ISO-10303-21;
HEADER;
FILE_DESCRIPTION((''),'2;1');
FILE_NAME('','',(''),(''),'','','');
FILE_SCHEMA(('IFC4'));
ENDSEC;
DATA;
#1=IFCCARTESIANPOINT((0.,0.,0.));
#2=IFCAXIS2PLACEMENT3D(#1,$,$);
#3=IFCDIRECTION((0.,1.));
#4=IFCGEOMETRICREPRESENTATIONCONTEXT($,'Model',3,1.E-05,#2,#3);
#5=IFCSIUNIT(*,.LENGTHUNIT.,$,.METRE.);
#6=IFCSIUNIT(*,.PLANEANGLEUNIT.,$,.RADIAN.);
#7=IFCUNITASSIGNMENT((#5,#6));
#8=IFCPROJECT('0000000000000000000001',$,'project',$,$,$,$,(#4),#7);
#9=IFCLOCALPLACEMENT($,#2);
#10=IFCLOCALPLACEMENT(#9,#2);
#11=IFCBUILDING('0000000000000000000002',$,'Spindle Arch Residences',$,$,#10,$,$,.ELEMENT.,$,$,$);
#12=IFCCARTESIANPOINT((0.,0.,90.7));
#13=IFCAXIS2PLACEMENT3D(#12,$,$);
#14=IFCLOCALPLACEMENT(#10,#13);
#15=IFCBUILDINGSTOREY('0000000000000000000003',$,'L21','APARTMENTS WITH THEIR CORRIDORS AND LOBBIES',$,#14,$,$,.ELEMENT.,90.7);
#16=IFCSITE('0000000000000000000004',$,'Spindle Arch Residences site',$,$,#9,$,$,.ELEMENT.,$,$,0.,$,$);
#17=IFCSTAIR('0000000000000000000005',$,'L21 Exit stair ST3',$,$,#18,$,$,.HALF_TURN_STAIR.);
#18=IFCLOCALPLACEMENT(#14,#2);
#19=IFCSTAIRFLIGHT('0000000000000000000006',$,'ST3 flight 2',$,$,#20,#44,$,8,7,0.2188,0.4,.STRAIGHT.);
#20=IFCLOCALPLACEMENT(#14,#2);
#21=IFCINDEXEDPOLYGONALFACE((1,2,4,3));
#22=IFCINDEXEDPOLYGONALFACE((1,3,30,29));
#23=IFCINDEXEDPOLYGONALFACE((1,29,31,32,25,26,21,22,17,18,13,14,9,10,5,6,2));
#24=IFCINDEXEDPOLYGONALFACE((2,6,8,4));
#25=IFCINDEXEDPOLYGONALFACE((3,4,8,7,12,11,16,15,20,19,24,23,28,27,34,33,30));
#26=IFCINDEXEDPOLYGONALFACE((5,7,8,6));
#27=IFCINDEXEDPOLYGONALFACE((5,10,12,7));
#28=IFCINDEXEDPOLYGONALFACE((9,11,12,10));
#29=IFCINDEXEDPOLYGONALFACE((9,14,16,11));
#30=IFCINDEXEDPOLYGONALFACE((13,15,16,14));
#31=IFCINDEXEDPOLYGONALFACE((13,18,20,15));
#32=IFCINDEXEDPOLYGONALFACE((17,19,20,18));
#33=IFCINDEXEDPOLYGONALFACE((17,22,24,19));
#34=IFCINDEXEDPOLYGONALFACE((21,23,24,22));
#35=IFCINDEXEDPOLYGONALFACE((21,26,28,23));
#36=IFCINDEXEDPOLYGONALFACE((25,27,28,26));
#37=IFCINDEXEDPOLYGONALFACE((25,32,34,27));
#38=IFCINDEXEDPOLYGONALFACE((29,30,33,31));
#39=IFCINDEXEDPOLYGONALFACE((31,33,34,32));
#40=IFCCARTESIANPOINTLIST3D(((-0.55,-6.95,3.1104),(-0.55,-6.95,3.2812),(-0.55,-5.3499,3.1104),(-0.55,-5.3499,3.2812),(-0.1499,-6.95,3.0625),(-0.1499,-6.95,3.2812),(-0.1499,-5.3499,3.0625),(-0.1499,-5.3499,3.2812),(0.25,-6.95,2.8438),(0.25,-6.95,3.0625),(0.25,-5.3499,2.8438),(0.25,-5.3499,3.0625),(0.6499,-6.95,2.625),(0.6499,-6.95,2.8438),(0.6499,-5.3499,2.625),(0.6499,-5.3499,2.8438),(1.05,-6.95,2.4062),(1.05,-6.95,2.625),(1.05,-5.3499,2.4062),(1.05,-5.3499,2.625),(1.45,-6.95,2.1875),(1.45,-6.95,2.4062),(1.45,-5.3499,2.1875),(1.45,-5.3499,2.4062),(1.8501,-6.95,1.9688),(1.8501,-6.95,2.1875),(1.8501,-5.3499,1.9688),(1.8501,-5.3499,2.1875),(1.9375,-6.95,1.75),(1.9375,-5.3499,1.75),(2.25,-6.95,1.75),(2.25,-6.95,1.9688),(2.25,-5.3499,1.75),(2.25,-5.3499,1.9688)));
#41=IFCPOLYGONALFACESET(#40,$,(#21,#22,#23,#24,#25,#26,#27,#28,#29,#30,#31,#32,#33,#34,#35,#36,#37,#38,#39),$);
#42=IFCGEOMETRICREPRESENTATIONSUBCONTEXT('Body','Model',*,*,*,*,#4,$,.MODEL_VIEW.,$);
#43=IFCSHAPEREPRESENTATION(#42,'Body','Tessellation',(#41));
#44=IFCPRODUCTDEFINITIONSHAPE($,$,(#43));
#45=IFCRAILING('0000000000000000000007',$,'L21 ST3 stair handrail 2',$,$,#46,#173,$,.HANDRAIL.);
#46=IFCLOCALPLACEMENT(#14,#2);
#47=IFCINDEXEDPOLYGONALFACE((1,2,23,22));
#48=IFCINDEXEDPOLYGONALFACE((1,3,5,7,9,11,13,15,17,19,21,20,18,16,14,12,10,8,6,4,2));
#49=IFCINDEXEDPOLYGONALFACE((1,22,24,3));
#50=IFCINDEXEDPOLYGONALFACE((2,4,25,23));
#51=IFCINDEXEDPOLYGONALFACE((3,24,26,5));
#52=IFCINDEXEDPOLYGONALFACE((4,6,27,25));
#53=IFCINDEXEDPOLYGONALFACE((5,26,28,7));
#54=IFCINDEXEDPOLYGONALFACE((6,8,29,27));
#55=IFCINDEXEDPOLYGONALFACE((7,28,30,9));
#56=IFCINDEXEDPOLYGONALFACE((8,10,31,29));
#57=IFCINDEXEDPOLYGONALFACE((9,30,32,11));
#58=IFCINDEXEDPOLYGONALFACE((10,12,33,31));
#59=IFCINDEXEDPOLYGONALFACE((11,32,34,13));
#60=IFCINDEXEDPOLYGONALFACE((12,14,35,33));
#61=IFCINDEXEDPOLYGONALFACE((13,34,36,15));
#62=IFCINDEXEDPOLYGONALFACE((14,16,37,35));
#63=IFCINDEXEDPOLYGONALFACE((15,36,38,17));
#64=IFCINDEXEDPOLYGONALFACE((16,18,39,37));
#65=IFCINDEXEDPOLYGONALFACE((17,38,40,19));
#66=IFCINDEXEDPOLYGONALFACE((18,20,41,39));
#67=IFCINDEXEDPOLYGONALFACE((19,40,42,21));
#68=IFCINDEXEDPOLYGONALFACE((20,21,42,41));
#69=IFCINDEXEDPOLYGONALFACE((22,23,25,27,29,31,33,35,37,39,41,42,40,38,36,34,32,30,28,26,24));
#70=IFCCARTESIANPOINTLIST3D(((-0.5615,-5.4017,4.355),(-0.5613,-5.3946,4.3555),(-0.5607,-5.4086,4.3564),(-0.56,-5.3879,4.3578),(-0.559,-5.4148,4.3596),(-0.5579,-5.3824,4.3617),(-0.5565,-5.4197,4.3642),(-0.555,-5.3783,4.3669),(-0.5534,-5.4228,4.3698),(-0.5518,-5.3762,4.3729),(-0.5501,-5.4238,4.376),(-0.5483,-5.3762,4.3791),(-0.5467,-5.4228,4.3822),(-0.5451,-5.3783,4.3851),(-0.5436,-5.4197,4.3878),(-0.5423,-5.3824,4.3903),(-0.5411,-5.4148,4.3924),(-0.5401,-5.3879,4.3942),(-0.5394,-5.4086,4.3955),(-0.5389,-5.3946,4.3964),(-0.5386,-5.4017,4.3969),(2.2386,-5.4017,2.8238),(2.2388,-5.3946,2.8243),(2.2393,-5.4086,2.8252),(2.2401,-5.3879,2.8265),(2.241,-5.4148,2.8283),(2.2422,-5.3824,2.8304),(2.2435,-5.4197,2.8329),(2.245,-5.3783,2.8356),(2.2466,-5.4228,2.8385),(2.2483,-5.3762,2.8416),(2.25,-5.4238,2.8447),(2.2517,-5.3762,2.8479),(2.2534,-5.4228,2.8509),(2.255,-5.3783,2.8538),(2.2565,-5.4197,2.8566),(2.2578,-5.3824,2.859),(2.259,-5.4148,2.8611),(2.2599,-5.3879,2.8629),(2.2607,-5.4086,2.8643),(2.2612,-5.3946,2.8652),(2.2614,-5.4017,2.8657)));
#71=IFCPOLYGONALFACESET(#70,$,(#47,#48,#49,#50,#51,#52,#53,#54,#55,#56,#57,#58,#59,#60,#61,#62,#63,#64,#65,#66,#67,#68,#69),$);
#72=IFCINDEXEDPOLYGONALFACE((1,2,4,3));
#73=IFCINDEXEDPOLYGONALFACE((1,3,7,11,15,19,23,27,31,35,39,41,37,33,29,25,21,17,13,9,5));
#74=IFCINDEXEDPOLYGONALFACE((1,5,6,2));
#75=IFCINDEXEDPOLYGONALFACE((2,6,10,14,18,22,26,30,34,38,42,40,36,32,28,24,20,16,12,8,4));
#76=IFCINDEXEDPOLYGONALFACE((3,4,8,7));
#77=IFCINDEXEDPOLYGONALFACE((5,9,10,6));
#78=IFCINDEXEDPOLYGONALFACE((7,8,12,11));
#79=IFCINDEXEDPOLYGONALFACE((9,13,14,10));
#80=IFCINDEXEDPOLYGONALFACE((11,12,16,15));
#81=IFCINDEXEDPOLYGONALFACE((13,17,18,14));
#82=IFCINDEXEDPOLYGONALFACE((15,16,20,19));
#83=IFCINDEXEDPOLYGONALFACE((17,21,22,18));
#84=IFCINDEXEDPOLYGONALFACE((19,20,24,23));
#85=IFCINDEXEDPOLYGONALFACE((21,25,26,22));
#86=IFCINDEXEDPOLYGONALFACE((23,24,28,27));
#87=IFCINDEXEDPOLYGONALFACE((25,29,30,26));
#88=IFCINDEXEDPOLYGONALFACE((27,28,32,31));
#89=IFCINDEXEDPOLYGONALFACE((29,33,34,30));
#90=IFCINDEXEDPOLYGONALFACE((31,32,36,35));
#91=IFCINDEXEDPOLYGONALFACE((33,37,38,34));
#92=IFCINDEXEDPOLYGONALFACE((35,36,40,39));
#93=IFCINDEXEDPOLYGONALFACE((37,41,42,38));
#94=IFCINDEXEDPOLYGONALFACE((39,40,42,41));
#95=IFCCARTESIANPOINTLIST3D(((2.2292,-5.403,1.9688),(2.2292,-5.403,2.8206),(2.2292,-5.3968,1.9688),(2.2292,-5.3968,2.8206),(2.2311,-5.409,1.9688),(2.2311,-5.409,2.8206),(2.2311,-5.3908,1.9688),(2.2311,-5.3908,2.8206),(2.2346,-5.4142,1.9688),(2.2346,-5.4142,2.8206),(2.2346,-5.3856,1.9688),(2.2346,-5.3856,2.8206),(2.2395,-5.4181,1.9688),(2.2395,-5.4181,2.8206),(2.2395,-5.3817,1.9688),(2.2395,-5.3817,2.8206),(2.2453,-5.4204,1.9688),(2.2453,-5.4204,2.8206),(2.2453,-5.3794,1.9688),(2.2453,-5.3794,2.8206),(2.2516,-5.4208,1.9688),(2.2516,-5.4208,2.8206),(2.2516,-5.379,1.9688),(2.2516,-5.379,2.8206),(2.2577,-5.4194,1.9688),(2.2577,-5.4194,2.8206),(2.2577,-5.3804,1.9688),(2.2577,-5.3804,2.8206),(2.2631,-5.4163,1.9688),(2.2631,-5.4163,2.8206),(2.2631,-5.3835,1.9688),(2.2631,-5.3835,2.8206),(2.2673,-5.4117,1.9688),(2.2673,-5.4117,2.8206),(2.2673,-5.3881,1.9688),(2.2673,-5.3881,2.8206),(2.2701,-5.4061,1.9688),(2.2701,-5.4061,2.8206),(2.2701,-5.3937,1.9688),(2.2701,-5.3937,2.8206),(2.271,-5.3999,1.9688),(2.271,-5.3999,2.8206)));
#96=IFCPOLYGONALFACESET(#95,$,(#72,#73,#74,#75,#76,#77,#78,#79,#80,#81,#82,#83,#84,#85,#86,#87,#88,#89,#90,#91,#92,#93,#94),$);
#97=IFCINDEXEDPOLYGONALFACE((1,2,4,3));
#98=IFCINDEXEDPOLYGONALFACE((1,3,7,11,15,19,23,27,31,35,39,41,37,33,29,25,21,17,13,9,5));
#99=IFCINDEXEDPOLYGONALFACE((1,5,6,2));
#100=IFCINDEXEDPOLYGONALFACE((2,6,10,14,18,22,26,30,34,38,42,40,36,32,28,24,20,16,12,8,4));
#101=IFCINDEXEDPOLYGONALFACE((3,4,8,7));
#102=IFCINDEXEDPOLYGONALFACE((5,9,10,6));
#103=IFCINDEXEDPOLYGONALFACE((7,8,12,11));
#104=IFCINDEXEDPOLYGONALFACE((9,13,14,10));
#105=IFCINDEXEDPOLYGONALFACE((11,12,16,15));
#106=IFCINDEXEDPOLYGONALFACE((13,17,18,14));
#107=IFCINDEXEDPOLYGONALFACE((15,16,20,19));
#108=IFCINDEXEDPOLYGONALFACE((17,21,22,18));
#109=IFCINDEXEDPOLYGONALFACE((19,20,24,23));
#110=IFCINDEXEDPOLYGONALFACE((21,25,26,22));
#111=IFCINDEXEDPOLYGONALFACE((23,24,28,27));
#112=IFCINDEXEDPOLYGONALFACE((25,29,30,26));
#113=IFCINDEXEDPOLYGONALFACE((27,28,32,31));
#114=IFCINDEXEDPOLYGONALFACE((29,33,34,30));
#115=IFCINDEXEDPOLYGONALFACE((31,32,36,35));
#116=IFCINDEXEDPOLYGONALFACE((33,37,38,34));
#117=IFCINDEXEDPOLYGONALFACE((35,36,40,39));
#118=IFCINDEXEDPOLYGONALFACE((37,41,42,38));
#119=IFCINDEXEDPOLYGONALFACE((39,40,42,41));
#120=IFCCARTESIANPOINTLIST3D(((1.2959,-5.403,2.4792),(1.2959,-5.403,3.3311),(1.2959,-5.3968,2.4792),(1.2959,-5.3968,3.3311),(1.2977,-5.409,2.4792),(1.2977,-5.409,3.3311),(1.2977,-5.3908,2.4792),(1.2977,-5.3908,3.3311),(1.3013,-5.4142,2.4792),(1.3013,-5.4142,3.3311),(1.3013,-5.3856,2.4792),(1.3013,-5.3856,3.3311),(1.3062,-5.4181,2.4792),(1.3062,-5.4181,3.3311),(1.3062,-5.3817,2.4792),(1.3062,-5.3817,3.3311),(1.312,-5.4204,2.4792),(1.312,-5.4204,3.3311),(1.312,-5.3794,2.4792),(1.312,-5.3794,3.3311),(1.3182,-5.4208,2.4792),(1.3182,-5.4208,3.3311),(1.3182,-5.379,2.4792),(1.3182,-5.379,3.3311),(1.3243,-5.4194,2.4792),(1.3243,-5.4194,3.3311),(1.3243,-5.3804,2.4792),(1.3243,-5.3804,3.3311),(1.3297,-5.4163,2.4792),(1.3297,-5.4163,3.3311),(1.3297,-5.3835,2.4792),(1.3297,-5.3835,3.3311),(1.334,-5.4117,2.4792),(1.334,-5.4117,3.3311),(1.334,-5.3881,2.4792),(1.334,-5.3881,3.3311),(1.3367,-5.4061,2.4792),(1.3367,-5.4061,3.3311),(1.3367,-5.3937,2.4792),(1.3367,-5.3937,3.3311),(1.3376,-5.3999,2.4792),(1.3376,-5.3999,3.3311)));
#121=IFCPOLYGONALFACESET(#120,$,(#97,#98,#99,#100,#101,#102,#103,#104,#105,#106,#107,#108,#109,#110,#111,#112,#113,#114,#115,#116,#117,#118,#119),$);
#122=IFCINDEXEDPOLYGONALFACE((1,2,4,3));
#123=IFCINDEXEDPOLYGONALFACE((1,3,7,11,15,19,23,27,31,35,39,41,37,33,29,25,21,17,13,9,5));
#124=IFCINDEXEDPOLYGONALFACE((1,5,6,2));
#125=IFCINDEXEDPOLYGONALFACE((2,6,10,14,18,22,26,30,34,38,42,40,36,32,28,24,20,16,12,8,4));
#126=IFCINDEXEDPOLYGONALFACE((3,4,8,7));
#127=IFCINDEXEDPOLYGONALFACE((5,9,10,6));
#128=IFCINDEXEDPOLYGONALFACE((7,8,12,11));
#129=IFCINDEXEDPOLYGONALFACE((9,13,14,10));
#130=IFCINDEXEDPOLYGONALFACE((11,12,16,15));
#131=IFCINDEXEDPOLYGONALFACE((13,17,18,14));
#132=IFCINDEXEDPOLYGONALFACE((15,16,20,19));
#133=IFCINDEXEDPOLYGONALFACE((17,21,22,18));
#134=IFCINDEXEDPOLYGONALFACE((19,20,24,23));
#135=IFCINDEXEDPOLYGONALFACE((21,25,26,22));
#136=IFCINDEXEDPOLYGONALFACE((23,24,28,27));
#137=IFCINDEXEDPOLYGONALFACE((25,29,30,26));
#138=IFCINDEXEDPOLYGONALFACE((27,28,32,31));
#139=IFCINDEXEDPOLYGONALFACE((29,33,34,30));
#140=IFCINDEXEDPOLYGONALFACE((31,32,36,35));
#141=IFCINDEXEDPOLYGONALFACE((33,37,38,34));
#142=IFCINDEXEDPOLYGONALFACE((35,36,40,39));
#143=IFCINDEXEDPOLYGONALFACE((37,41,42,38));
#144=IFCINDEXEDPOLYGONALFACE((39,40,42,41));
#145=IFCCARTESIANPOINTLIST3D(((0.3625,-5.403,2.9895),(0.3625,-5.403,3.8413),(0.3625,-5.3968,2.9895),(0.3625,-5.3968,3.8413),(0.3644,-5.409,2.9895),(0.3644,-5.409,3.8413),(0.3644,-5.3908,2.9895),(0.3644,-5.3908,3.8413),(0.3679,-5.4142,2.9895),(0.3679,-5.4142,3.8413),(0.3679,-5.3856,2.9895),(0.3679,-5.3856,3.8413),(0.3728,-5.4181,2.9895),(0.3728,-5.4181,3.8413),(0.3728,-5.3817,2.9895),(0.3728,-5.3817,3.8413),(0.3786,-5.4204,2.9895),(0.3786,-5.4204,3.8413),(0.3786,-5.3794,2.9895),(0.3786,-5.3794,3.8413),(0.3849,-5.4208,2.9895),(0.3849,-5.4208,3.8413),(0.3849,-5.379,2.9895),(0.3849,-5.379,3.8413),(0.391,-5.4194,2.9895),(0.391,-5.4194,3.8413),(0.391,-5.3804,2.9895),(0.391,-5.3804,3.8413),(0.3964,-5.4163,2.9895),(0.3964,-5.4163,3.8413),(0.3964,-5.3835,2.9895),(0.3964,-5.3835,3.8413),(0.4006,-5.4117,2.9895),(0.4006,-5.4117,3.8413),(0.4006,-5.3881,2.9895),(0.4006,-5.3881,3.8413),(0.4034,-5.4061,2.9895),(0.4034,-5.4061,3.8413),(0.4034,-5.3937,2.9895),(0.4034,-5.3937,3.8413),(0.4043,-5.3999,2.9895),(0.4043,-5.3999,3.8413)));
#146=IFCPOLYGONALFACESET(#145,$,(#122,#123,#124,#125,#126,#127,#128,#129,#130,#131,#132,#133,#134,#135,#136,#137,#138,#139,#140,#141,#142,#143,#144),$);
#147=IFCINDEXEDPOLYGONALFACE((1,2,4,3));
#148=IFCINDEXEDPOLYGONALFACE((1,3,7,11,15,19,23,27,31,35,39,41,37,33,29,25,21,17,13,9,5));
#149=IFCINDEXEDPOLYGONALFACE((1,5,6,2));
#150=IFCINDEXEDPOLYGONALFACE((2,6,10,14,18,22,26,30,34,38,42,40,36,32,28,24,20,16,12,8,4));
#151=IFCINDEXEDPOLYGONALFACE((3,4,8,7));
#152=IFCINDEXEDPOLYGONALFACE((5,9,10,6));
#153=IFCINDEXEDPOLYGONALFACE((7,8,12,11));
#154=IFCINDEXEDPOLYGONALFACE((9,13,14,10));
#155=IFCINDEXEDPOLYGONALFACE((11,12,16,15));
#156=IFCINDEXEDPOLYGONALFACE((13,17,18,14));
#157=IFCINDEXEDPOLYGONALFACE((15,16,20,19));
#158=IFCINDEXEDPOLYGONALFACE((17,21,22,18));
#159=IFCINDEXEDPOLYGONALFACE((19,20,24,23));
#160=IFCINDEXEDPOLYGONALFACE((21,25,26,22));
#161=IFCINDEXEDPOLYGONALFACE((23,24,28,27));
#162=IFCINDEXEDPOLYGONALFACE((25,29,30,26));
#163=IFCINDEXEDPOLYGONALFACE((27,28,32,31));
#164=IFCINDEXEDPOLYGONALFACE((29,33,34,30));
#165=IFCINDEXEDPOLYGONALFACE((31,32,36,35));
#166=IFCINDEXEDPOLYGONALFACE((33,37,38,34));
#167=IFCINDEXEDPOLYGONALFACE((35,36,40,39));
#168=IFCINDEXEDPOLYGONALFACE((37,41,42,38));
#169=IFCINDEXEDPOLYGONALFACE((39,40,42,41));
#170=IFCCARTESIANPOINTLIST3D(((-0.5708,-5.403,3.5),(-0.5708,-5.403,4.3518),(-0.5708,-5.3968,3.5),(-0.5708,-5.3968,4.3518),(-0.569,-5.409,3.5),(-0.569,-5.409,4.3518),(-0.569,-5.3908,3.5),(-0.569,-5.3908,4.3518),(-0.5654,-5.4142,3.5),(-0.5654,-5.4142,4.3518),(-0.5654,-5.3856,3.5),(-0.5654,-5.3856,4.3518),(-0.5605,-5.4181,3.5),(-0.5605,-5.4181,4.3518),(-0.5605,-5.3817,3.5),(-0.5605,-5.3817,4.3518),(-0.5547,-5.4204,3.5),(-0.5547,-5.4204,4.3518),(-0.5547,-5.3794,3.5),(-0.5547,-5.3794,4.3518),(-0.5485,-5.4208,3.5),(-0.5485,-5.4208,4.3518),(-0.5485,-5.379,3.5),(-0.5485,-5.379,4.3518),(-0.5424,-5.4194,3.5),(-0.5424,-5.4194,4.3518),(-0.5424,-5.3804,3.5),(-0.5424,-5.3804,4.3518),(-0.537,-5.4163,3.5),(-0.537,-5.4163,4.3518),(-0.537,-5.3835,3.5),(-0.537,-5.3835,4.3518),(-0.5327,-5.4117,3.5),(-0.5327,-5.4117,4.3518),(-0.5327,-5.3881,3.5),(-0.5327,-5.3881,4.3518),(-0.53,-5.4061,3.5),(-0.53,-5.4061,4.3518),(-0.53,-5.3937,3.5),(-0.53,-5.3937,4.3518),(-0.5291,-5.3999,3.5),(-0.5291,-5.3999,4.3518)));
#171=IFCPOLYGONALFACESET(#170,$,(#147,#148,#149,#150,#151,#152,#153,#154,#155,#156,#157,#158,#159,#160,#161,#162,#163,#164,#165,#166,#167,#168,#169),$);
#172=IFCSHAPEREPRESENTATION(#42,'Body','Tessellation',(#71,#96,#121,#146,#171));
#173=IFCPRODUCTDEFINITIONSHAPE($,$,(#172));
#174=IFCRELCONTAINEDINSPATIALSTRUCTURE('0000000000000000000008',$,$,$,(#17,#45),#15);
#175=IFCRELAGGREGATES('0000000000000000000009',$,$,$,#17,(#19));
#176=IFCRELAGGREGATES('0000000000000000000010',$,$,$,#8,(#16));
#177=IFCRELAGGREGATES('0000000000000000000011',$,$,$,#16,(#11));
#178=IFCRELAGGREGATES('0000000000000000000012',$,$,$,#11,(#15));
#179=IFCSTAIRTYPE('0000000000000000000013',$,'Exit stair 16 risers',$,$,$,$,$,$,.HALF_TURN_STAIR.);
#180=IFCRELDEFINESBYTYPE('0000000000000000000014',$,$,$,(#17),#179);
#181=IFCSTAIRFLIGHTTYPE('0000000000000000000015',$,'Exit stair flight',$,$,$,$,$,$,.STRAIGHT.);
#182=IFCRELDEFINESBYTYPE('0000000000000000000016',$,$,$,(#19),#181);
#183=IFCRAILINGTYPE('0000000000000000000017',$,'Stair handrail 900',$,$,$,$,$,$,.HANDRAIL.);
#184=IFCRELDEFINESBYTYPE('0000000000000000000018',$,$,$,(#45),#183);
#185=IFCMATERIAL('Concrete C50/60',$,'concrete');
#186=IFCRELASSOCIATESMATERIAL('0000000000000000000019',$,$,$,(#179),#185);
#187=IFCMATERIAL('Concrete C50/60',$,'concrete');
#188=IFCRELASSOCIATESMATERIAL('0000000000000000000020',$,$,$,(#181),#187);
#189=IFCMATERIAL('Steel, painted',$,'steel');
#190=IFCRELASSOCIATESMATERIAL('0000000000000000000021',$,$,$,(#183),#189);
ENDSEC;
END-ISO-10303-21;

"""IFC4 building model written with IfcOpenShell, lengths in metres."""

from ifc_helpers import new_model, si_unit, direction, frame, origin, origin_2d, place, context, subcontext, project, spatial, polyline, circle, outline, extrude, material, type_object, element, aggregate, save


model = new_model("IFC4")

# Units and contexts
model_context = context("Model", 3, precision=1e-05, world=origin(), true_north=direction((0.0, 1.0)))
body_context = subcontext(model_context, "Body", "Model", "MODEL_VIEW")
ifc_project = project(units=[si_unit("LENGTHUNIT", "METRE"), si_unit("PLANEANGLEUNIT", "RADIAN")], contexts=[model_context])

# Site, building, storey
site_placement = place(None, origin())
site = spatial("IfcSite", under=ifc_project, at=site_placement, Name="Spindle Arch Residences site", CompositionType="ELEMENT", RefElevation=0.0)
building_placement = place(site_placement, origin())
building = spatial("IfcBuilding", under=site, at=building_placement, Name="Spindle Arch Residences", CompositionType="ELEMENT")
storey_placement = place(building_placement, frame((0.0, 0.0, 90.7)))
storey = spatial("IfcBuildingStorey", under=building, at=storey_placement, Name="L21", Description="APARTMENTS WITH THEIR CORRIDORS AND LOBBIES", CompositionType="ELEMENT", Elevation=90.7)

# Stair, stair flight
ifc_material_1 = material(Name="Concrete C50/60", Category="concrete")
stair_type = type_object("IfcStairType", Name="Exit stair 16 risers", PredefinedType="HALF_TURN_STAIR", material=ifc_material_1)
stair_placement = place(storey_placement, origin())
stair = element("IfcStair", 1, at=stair_placement, inside=storey, type_object=stair_type, Name="L21 Exit stair ST3", PredefinedType="HALF_TURN_STAIR")
ifc_material_2 = material(Name="Concrete C50/60", Category="concrete")
stair_flight_type = type_object("IfcStairFlightType", Name="Exit stair flight", PredefinedType="STRAIGHT", material=ifc_material_2)
stair_flight_placement = place(storey_placement, frame((2.25, -6.1499, 1.75), z_axis=(0.0, 0.0, 1.0), x_axis=(-1.0, 0.0, 0.0)))
stair_flight = element("IfcStairFlight", 2, at=stair_flight_placement, type_object=stair_flight_type, Name="ST3 flight 2", NumberOfRisers=8, NumberOfTreads=7, PredefinedType="STRAIGHT", RiserHeight=0.2188, TreadLength=0.4, context=body_context, shape_type="SweptSolid", body=[
    extrude(outline(polyline([(0.0, 0.0), (0.0, 0.2188), (0.3999, 0.2188), (0.3999, 0.4375), (0.8, 0.4375), (0.8, 0.6562), (1.2, 0.6562), (1.2, 0.875), (1.6001, 0.875), (1.6001, 1.0938), (2.0, 1.0938), (2.0, 1.3125), (2.3999, 1.3125), (2.3999, 1.5312), (2.8, 1.5312), (2.8, 1.75), (2.8, 1.3604), (0.3125, 0.0), (0.0, 0.0)])), frame((0.0, 0.8, 0.0), z_axis=(0.0, -1.0, 0.0), x_axis=(1.0, 0.0, 0.0)), (0.0, 0.0, 1.0), 1.6001),
])
aggregate(stair, [stair_flight])

# Railing
ifc_material_3 = material(Name="Steel, painted", Category="steel")
railing_type = type_object("IfcRailingType", Name="Stair handrail 900", PredefinedType="HANDRAIL", material=ifc_material_3)
railing_placement = place(storey_placement, frame((2.25, -5.3999, 1.9688)))
element("IfcRailing", 3, at=railing_placement, inside=storey, type_object=railing_type, Name="L21 ST3 stair handrail 2", PredefinedType="HANDRAIL", context=body_context, shape_type="SweptSolid", body=[
    extrude(circle(Radius=0.0239, at=origin_2d()), frame((0.0, 0.0, 0.876), z_axis=(-0.877375, 0.0, 0.479806), x_axis=(0.0, -1.0, 0.0)), (0.0, 0.0, 1.0), 3.1914),
    extrude(circle(Radius=0.021, at=origin_2d()), origin(), (0.0, 0.0, 1.0), 0.8518),
    extrude(circle(Radius=0.021, at=origin_2d()), frame((-0.9333, 0.0, 0.5105)), (0.0, 0.0, 1.0), 0.8518),
    extrude(circle(Radius=0.021, at=origin_2d()), frame((-1.8667, 0.0, 1.0208)), (0.0, 0.0, 1.0), 0.8518),
    extrude(circle(Radius=0.021, at=origin_2d()), frame((-2.8, 0.0, 1.5312)), (0.0, 0.0, 1.0), 0.8518),
])

save(model, "model.ifc")
